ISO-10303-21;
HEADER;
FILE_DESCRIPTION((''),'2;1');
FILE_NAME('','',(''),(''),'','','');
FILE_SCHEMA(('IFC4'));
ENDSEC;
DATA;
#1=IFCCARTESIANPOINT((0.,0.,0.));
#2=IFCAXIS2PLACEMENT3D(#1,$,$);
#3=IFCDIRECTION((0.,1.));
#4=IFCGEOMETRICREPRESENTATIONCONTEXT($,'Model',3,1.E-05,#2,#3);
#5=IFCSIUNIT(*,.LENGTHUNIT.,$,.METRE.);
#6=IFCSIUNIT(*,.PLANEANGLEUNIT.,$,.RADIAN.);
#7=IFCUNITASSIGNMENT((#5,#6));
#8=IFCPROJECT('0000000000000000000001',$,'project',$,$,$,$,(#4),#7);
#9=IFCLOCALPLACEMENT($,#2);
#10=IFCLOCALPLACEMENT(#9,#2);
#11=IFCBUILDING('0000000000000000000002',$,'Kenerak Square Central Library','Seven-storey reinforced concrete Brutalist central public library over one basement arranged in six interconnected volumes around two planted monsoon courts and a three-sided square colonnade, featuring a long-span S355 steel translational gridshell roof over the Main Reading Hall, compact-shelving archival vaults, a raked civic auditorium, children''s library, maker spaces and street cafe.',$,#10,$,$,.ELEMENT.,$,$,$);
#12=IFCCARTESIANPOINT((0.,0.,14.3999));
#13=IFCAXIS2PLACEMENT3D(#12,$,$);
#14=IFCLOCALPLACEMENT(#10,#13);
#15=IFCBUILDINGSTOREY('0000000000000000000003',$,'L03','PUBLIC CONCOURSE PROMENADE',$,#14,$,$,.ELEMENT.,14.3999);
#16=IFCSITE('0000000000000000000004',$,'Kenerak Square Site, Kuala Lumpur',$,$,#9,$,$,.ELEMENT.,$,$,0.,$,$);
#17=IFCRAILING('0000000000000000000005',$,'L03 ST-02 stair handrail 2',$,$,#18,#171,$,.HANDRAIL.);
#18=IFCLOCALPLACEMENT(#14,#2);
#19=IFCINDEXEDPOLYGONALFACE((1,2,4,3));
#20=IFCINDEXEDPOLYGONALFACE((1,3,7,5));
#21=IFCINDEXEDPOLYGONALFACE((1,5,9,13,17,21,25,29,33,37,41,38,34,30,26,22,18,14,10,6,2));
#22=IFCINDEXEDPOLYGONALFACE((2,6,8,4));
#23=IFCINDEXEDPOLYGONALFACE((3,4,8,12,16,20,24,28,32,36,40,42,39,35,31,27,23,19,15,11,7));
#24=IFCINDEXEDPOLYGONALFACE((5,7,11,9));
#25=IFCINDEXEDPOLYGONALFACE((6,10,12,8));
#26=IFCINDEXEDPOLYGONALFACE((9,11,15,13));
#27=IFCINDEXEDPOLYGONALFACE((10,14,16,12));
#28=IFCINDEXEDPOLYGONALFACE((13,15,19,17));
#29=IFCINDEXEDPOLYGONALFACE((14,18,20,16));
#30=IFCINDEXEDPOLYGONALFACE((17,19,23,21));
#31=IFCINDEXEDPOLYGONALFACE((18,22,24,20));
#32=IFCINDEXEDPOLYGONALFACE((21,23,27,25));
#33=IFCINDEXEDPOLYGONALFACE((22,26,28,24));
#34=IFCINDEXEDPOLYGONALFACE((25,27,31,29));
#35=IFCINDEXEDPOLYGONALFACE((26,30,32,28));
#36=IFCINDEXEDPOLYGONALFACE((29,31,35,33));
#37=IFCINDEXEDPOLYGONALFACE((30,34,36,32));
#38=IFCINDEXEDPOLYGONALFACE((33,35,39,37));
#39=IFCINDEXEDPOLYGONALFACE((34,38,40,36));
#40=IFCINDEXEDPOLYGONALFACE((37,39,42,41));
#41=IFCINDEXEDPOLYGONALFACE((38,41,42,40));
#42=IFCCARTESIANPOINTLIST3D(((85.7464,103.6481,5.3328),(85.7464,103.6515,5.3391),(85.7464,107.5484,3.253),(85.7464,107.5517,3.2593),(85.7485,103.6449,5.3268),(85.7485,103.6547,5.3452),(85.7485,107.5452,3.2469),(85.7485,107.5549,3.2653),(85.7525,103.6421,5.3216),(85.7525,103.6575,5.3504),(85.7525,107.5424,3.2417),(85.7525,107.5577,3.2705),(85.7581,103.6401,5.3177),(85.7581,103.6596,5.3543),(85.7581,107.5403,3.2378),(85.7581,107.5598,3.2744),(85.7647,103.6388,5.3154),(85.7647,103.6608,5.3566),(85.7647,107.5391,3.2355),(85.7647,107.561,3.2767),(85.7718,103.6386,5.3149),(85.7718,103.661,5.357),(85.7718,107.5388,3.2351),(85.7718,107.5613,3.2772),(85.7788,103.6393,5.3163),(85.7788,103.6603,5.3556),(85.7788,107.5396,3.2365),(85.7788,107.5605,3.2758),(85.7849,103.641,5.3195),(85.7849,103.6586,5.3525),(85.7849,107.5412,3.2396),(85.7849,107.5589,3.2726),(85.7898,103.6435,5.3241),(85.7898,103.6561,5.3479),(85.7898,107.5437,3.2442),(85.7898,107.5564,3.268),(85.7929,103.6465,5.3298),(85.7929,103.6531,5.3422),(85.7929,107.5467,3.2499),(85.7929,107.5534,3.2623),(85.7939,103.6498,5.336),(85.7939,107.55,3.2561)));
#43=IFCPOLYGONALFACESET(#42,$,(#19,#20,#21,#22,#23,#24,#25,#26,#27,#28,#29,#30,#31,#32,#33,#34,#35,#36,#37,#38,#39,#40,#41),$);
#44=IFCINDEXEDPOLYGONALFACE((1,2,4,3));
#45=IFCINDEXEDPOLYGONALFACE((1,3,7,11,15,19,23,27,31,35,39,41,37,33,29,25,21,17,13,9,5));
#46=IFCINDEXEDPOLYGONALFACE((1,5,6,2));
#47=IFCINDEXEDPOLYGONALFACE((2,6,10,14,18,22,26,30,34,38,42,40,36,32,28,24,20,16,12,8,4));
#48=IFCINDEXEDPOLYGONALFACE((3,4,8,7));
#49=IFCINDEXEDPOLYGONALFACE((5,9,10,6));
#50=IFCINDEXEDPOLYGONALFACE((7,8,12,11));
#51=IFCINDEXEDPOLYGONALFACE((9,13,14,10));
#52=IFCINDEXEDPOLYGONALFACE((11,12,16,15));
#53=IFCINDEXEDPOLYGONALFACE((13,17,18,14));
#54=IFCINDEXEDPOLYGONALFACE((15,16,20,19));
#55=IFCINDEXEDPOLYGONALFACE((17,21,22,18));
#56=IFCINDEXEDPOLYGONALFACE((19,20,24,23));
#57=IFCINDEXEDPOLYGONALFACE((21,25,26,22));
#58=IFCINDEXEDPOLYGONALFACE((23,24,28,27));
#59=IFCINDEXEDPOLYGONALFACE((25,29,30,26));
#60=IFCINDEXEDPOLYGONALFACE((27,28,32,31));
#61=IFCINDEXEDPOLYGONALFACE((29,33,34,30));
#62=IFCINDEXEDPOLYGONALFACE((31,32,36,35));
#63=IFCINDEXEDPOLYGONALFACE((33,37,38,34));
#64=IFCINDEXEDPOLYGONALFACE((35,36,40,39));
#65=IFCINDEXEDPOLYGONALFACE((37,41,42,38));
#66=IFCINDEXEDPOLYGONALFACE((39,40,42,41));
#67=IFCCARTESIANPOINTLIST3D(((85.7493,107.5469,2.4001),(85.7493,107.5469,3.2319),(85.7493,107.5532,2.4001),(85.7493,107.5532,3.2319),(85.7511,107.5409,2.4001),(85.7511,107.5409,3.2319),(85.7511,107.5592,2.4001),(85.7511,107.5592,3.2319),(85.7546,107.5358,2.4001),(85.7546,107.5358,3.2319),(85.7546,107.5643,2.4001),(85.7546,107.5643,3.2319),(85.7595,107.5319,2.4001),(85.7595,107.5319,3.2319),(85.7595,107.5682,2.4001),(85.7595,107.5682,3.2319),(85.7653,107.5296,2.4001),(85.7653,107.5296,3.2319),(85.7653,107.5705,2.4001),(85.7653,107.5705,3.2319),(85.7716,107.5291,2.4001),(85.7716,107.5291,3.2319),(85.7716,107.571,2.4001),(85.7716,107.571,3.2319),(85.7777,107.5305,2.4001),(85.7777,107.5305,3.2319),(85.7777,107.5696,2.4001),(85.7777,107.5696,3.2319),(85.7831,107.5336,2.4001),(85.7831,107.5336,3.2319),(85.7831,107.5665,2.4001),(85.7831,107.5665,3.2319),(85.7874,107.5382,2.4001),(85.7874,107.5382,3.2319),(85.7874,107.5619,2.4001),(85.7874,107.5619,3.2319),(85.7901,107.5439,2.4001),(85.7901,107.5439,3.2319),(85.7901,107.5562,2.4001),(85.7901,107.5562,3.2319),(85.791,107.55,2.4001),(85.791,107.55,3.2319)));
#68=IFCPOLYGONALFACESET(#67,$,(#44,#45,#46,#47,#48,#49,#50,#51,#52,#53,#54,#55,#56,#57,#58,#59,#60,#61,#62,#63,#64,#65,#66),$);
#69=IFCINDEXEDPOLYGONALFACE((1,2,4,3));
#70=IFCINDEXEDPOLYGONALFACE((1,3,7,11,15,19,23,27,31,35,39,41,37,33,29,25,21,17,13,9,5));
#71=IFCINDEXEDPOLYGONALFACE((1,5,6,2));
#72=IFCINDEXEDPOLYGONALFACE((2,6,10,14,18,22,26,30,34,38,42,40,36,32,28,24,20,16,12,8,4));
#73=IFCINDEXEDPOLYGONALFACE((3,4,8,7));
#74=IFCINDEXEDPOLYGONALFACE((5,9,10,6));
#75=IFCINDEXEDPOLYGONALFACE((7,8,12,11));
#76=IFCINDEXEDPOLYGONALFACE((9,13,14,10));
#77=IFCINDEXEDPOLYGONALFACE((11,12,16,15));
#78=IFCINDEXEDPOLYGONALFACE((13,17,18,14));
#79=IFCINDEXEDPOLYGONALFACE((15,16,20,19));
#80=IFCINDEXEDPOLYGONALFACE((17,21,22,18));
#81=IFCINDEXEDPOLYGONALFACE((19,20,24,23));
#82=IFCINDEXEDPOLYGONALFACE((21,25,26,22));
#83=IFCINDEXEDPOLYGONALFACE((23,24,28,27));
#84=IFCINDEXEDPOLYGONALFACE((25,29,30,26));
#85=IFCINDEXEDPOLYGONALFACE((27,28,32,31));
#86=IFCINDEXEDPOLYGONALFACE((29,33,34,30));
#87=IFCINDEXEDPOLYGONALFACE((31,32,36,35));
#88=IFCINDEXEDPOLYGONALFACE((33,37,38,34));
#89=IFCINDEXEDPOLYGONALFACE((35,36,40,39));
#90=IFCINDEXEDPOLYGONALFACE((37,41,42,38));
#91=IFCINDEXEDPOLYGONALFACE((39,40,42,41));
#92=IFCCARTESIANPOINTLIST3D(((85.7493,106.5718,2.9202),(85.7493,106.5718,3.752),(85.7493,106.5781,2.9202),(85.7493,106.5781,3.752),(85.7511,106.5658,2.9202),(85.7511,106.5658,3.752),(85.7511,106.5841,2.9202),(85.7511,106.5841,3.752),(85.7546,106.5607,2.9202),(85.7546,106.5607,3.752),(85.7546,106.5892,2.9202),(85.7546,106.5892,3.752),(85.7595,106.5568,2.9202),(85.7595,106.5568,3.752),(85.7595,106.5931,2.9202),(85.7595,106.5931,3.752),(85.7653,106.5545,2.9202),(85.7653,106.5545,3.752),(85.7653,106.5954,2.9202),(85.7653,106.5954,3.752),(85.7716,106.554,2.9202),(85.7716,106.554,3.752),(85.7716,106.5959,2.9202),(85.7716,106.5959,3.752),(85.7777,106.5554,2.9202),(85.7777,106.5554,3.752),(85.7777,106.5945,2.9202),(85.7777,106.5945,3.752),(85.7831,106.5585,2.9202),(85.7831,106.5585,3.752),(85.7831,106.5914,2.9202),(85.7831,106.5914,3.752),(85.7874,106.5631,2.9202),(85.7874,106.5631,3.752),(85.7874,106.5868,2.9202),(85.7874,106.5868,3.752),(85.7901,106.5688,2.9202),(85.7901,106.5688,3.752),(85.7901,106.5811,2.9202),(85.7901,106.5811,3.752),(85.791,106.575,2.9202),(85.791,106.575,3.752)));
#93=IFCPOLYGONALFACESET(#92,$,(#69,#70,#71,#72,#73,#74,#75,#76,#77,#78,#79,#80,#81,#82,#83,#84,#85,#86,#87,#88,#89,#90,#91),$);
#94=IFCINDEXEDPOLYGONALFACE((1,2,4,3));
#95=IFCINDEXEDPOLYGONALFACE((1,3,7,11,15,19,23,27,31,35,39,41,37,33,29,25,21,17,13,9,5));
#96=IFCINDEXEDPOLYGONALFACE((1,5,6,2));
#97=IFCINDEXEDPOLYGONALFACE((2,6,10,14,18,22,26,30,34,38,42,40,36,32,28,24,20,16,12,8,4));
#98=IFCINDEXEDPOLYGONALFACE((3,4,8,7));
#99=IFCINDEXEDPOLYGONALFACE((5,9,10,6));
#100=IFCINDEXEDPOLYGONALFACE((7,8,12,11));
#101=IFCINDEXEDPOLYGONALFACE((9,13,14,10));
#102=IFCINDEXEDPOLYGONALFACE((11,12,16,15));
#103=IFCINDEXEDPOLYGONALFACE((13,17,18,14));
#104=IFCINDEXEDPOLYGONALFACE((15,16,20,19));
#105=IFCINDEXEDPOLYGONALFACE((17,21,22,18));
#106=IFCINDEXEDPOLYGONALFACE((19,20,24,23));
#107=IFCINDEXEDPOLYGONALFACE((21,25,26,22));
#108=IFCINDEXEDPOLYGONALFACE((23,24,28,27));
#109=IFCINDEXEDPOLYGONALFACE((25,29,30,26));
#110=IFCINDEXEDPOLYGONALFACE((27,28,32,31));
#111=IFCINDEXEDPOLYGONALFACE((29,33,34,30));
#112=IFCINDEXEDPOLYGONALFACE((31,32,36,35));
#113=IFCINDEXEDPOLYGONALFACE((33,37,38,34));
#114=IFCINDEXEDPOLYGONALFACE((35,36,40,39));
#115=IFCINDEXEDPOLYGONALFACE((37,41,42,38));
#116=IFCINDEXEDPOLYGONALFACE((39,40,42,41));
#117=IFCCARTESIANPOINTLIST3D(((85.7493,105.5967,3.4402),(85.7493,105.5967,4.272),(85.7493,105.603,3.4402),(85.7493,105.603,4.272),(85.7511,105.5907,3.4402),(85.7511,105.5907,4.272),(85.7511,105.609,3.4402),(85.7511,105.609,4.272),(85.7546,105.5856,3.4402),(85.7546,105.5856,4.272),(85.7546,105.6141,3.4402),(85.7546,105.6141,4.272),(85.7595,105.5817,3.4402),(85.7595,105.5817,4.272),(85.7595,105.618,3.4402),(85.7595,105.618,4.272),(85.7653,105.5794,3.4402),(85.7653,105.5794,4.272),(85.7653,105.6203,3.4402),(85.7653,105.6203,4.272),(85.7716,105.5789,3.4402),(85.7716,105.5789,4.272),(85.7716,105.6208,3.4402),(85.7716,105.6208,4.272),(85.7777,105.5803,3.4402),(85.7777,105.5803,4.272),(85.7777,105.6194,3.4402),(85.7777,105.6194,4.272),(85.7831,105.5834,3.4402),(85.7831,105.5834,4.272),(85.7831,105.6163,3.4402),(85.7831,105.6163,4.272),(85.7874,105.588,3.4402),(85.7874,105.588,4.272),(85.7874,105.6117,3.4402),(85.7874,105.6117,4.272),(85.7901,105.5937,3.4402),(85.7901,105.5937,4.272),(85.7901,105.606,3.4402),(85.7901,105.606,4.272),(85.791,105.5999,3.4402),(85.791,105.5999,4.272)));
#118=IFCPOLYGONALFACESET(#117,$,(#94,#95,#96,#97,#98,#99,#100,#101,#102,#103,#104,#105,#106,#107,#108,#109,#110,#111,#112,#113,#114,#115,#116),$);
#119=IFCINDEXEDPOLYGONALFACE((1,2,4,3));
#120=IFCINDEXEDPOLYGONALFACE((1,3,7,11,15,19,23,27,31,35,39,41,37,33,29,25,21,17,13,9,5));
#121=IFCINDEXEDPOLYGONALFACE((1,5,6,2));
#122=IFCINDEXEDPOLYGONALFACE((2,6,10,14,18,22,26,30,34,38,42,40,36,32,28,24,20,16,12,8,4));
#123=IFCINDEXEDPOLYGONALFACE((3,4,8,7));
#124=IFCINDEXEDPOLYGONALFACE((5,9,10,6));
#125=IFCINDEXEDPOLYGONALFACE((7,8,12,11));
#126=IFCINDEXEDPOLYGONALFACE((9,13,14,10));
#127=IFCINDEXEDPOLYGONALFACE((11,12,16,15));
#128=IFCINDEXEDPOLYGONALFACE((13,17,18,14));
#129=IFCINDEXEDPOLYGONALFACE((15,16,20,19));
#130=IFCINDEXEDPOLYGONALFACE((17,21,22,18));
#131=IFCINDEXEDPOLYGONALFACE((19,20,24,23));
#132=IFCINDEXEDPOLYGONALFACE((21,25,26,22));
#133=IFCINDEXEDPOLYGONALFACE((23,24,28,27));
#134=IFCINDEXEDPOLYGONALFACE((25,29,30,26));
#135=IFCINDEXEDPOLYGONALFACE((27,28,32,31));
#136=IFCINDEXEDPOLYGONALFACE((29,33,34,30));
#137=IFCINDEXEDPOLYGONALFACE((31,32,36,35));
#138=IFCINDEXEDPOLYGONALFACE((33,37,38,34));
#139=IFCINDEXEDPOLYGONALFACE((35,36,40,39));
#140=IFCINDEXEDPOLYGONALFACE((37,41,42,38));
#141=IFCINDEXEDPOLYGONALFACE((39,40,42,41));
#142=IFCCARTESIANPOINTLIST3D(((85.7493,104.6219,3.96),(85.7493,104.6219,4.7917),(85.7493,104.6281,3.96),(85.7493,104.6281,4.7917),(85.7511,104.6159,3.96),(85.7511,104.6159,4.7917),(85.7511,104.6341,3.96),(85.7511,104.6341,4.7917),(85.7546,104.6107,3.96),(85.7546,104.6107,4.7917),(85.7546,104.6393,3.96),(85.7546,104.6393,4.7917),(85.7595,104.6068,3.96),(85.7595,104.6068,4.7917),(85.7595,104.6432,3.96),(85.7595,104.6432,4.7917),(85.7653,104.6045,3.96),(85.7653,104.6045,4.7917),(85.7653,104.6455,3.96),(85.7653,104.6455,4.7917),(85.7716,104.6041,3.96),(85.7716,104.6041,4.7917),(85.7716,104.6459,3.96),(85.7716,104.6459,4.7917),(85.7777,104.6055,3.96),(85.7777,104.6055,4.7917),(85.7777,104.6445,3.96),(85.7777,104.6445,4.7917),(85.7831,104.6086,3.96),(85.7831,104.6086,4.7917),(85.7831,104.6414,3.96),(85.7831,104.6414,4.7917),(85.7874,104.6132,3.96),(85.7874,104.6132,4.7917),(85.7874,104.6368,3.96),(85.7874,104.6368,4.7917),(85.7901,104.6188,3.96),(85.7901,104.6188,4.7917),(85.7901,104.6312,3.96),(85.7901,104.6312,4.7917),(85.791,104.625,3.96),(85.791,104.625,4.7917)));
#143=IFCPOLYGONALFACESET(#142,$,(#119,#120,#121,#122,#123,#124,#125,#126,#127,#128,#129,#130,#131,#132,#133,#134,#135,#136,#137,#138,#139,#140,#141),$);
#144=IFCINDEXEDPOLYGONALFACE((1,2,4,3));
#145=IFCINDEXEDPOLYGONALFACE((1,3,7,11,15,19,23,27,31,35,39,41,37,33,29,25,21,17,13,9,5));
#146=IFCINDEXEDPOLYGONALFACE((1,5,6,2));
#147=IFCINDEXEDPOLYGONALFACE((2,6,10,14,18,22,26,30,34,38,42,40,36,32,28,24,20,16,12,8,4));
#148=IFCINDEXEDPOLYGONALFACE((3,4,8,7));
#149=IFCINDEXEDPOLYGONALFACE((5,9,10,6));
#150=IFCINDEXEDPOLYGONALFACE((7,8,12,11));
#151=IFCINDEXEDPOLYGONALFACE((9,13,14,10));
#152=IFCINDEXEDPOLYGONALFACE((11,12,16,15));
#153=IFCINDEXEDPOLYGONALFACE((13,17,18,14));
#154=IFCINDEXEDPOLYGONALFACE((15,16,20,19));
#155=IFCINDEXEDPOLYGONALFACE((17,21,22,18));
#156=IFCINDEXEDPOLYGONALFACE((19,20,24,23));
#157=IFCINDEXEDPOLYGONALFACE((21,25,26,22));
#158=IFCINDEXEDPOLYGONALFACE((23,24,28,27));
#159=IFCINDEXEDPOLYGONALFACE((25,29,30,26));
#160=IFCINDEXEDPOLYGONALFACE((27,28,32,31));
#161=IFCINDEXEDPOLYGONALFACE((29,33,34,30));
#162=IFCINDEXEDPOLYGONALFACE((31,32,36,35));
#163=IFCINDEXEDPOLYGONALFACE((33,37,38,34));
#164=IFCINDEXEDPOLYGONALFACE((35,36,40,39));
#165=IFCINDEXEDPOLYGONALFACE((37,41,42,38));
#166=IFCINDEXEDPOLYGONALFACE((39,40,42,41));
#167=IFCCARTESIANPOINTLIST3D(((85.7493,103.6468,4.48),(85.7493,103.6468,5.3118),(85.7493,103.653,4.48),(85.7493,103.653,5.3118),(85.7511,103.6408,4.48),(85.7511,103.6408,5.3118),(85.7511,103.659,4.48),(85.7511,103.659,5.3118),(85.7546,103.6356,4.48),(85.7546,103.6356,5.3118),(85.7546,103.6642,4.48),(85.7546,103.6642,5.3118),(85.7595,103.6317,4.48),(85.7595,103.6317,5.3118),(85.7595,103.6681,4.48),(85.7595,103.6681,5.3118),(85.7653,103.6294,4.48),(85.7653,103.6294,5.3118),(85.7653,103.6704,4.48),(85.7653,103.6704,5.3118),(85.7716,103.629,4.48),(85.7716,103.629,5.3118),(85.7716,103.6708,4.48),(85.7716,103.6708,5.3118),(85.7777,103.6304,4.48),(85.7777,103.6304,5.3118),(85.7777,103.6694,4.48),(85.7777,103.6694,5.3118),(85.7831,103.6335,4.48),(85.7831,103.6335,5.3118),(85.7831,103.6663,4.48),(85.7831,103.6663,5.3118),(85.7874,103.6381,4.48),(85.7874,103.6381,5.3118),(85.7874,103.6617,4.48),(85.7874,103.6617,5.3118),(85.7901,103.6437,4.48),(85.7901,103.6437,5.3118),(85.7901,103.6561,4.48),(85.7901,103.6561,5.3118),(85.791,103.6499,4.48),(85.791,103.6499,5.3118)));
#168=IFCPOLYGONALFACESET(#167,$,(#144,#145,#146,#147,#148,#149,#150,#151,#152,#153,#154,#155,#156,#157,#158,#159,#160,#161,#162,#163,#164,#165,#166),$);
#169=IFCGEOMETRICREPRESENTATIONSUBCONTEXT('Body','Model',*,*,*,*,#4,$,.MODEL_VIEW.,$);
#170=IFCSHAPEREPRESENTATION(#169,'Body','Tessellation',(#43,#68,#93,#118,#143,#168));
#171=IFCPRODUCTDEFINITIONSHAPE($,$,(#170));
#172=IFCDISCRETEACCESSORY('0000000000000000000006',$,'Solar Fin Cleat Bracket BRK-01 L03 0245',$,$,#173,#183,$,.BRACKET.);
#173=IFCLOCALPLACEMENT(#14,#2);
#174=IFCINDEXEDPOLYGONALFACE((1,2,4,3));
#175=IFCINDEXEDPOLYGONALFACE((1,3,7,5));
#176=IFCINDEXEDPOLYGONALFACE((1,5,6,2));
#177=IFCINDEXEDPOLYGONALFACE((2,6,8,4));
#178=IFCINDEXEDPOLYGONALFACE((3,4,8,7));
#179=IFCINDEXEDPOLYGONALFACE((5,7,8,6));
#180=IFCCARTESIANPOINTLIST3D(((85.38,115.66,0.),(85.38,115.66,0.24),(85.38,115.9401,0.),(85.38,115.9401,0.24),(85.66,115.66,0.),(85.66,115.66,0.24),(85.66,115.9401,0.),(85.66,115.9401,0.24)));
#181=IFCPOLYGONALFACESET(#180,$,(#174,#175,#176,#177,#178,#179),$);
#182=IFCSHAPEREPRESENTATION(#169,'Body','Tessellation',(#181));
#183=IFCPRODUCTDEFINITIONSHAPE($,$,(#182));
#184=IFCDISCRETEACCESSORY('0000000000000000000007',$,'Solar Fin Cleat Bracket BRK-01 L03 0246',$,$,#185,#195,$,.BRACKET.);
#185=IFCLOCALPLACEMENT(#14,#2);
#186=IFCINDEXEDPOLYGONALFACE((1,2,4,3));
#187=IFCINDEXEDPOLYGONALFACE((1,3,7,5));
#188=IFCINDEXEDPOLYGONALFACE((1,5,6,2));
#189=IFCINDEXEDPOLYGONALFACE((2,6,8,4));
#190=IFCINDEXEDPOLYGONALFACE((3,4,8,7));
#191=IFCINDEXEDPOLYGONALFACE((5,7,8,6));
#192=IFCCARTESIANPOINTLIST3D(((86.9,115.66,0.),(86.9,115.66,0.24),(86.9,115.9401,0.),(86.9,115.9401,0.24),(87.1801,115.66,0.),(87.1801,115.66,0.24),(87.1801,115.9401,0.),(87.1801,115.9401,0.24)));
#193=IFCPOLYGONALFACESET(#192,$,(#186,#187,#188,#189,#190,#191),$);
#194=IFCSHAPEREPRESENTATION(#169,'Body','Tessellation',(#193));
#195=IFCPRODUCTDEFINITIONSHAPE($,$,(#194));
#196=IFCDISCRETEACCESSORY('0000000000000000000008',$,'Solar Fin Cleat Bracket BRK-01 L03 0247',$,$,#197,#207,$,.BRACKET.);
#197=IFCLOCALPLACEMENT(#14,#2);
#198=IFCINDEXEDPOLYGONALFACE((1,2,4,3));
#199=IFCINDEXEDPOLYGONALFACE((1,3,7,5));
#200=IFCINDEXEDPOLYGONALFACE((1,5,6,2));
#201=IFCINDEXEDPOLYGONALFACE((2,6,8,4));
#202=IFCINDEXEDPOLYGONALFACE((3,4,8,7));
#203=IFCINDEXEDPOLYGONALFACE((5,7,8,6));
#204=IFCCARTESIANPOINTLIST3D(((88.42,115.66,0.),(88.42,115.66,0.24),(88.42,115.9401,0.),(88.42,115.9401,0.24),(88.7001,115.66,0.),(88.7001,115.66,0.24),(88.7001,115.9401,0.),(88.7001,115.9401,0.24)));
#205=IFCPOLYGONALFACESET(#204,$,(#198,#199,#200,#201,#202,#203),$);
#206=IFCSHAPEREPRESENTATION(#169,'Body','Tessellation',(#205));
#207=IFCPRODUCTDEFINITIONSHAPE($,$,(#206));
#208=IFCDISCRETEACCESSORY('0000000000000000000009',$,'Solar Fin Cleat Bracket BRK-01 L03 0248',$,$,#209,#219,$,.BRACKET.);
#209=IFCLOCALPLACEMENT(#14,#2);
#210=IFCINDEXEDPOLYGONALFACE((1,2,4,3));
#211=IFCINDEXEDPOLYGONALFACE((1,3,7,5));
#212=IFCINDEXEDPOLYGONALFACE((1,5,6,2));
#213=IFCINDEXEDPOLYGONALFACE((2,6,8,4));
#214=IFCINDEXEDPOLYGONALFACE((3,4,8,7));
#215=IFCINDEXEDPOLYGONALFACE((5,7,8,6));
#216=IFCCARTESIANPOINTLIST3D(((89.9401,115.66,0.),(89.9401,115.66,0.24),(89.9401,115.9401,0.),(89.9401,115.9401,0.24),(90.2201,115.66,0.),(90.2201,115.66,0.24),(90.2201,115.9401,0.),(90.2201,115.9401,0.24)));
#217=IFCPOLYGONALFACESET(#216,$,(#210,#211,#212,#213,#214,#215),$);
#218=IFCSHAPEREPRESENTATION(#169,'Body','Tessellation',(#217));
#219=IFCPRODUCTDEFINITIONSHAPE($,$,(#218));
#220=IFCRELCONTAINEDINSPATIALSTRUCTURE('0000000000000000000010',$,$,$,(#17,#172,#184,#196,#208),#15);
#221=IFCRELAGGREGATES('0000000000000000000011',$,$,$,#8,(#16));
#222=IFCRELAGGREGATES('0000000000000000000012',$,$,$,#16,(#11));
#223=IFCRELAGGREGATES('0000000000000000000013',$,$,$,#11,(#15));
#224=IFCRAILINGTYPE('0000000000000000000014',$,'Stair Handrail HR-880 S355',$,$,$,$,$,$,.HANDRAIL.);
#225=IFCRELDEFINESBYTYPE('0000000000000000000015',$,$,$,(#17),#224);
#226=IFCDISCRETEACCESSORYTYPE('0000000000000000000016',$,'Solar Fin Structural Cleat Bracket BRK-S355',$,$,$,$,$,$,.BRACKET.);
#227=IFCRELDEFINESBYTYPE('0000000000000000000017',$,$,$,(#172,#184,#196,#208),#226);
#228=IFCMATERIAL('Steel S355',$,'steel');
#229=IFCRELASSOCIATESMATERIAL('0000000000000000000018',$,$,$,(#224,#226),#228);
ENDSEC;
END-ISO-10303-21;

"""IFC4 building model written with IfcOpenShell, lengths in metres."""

from ifc_helpers import new_model, si_unit, direction, frame, origin, origin_2d, place, context, subcontext, project, spatial, rectangle, circle, extrude, material, type_object, element, save


model = new_model("IFC4")

# Units and contexts
model_context = context("Model", 3, precision=1e-05, world=origin(), true_north=direction((0.0, 1.0)))
body_context = subcontext(model_context, "Body", "Model", "MODEL_VIEW")
ifc_project = project(units=[si_unit("LENGTHUNIT", "METRE"), si_unit("PLANEANGLEUNIT", "RADIAN")], contexts=[model_context])

# Site, building, storey
site_placement = place(None, origin())
site = spatial("IfcSite", under=ifc_project, at=site_placement, Name="Kenerak Square Site, Kuala Lumpur", CompositionType="ELEMENT", RefElevation=0.0)
building_placement = place(site_placement, origin())
building = spatial("IfcBuilding", under=site, at=building_placement, Name="Kenerak Square Central Library", Description="Seven-storey reinforced concrete Brutalist central public library over one basement arranged in six interconnected volumes around two planted monsoon courts and a three-sided square colonnade, featuring a long-span S355 steel translational gridshell roof over the Main Reading Hall, compact-shelving archival vaults, a raked civic auditorium, children's library, maker spaces and street cafe.", CompositionType="ELEMENT")
storey_placement = place(building_placement, frame((0.0, 0.0, 14.3999)))
storey = spatial("IfcBuildingStorey", under=building, at=storey_placement, Name="L03", Description="PUBLIC CONCOURSE PROMENADE", CompositionType="ELEMENT", Elevation=14.3999)

# Shared definitions
ifc_material_1 = material(Name="Steel S355", Category="steel")

# Railing
railing_type_1 = type_object("IfcRailingType", Name="Stair Handrail HR-880 S355", PredefinedType="HANDRAIL", material=ifc_material_1)
railing_1_placement = place(storey_placement, frame((85.77, 107.55, 2.4001)))
element("IfcRailing", 1, at=railing_1_placement, inside=storey, type_object=railing_type_1, Name="L03 ST-02 stair handrail 2", PredefinedType="HANDRAIL", context=body_context, shape_type="SweptSolid", body=[
    extrude(circle(Radius=0.0239, at=origin_2d()), frame((0.0, 0.0, 0.856), z_axis=(0.0, -0.882376, 0.470545), x_axis=(1.0, 0.0, 0.0)), (0.0, 0.0, 1.0), 4.4202),
    extrude(circle(Radius=0.021, at=origin_2d()), origin(), (0.0, 0.0, 1.0), 0.8318),
    extrude(circle(Radius=0.021, at=origin_2d()), frame((0.0, -0.9751, 0.52)), (0.0, 0.0, 1.0), 0.8318),
    extrude(circle(Radius=0.021, at=origin_2d()), frame((0.0, -1.9502, 1.04)), (0.0, 0.0, 1.0), 0.8318),
    extrude(circle(Radius=0.021, at=origin_2d()), frame((0.0, -2.925, 1.5598)), (0.0, 0.0, 1.0), 0.8318),
    extrude(circle(Radius=0.021, at=origin_2d()), frame((0.0, -3.9001, 2.0798)), (0.0, 0.0, 1.0), 0.8318),
])

# Discrete accessories
discrete_accessory_type = type_object("IfcDiscreteAccessoryType", Name="Solar Fin Structural Cleat Bracket BRK-S355", PredefinedType="BRACKET", material=ifc_material_1)
for number, where, z_axis, x_axis, name in (
    (2, (85.52, 115.8, 0.0), (0.0, 0.0, 1.0), (1.0, 0.0, 0.0), "Solar Fin Cleat Bracket BRK-01 L03 0245"),
    (3, (87.04, 115.8, 0.0), (0.0, 0.0, 1.0), (1.0, 0.0, 0.0), "Solar Fin Cleat Bracket BRK-01 L03 0246"),
    (4, (88.5601, 115.8, 0.0), (0.0, 0.0, 1.0), (1.0, 0.0, 0.0), "Solar Fin Cleat Bracket BRK-01 L03 0247"),
    (5, (90.0801, 115.8, 0.0), (0.0, 0.0, 1.0), (1.0, 0.0, 0.0), "Solar Fin Cleat Bracket BRK-01 L03 0248"),
):
    element("IfcDiscreteAccessory", number, at=place(storey_placement, frame(where, z_axis=z_axis, x_axis=x_axis)), inside=storey, type_object=discrete_accessory_type, Name=name, PredefinedType="BRACKET", context=body_context, shape_type="SweptSolid", body=[
        extrude(rectangle(XDim=0.28, YDim=0.28, at=origin_2d()), origin(), (0.0, 0.0, 1.0), 0.24),
    ])

save(model, "model.ifc")
